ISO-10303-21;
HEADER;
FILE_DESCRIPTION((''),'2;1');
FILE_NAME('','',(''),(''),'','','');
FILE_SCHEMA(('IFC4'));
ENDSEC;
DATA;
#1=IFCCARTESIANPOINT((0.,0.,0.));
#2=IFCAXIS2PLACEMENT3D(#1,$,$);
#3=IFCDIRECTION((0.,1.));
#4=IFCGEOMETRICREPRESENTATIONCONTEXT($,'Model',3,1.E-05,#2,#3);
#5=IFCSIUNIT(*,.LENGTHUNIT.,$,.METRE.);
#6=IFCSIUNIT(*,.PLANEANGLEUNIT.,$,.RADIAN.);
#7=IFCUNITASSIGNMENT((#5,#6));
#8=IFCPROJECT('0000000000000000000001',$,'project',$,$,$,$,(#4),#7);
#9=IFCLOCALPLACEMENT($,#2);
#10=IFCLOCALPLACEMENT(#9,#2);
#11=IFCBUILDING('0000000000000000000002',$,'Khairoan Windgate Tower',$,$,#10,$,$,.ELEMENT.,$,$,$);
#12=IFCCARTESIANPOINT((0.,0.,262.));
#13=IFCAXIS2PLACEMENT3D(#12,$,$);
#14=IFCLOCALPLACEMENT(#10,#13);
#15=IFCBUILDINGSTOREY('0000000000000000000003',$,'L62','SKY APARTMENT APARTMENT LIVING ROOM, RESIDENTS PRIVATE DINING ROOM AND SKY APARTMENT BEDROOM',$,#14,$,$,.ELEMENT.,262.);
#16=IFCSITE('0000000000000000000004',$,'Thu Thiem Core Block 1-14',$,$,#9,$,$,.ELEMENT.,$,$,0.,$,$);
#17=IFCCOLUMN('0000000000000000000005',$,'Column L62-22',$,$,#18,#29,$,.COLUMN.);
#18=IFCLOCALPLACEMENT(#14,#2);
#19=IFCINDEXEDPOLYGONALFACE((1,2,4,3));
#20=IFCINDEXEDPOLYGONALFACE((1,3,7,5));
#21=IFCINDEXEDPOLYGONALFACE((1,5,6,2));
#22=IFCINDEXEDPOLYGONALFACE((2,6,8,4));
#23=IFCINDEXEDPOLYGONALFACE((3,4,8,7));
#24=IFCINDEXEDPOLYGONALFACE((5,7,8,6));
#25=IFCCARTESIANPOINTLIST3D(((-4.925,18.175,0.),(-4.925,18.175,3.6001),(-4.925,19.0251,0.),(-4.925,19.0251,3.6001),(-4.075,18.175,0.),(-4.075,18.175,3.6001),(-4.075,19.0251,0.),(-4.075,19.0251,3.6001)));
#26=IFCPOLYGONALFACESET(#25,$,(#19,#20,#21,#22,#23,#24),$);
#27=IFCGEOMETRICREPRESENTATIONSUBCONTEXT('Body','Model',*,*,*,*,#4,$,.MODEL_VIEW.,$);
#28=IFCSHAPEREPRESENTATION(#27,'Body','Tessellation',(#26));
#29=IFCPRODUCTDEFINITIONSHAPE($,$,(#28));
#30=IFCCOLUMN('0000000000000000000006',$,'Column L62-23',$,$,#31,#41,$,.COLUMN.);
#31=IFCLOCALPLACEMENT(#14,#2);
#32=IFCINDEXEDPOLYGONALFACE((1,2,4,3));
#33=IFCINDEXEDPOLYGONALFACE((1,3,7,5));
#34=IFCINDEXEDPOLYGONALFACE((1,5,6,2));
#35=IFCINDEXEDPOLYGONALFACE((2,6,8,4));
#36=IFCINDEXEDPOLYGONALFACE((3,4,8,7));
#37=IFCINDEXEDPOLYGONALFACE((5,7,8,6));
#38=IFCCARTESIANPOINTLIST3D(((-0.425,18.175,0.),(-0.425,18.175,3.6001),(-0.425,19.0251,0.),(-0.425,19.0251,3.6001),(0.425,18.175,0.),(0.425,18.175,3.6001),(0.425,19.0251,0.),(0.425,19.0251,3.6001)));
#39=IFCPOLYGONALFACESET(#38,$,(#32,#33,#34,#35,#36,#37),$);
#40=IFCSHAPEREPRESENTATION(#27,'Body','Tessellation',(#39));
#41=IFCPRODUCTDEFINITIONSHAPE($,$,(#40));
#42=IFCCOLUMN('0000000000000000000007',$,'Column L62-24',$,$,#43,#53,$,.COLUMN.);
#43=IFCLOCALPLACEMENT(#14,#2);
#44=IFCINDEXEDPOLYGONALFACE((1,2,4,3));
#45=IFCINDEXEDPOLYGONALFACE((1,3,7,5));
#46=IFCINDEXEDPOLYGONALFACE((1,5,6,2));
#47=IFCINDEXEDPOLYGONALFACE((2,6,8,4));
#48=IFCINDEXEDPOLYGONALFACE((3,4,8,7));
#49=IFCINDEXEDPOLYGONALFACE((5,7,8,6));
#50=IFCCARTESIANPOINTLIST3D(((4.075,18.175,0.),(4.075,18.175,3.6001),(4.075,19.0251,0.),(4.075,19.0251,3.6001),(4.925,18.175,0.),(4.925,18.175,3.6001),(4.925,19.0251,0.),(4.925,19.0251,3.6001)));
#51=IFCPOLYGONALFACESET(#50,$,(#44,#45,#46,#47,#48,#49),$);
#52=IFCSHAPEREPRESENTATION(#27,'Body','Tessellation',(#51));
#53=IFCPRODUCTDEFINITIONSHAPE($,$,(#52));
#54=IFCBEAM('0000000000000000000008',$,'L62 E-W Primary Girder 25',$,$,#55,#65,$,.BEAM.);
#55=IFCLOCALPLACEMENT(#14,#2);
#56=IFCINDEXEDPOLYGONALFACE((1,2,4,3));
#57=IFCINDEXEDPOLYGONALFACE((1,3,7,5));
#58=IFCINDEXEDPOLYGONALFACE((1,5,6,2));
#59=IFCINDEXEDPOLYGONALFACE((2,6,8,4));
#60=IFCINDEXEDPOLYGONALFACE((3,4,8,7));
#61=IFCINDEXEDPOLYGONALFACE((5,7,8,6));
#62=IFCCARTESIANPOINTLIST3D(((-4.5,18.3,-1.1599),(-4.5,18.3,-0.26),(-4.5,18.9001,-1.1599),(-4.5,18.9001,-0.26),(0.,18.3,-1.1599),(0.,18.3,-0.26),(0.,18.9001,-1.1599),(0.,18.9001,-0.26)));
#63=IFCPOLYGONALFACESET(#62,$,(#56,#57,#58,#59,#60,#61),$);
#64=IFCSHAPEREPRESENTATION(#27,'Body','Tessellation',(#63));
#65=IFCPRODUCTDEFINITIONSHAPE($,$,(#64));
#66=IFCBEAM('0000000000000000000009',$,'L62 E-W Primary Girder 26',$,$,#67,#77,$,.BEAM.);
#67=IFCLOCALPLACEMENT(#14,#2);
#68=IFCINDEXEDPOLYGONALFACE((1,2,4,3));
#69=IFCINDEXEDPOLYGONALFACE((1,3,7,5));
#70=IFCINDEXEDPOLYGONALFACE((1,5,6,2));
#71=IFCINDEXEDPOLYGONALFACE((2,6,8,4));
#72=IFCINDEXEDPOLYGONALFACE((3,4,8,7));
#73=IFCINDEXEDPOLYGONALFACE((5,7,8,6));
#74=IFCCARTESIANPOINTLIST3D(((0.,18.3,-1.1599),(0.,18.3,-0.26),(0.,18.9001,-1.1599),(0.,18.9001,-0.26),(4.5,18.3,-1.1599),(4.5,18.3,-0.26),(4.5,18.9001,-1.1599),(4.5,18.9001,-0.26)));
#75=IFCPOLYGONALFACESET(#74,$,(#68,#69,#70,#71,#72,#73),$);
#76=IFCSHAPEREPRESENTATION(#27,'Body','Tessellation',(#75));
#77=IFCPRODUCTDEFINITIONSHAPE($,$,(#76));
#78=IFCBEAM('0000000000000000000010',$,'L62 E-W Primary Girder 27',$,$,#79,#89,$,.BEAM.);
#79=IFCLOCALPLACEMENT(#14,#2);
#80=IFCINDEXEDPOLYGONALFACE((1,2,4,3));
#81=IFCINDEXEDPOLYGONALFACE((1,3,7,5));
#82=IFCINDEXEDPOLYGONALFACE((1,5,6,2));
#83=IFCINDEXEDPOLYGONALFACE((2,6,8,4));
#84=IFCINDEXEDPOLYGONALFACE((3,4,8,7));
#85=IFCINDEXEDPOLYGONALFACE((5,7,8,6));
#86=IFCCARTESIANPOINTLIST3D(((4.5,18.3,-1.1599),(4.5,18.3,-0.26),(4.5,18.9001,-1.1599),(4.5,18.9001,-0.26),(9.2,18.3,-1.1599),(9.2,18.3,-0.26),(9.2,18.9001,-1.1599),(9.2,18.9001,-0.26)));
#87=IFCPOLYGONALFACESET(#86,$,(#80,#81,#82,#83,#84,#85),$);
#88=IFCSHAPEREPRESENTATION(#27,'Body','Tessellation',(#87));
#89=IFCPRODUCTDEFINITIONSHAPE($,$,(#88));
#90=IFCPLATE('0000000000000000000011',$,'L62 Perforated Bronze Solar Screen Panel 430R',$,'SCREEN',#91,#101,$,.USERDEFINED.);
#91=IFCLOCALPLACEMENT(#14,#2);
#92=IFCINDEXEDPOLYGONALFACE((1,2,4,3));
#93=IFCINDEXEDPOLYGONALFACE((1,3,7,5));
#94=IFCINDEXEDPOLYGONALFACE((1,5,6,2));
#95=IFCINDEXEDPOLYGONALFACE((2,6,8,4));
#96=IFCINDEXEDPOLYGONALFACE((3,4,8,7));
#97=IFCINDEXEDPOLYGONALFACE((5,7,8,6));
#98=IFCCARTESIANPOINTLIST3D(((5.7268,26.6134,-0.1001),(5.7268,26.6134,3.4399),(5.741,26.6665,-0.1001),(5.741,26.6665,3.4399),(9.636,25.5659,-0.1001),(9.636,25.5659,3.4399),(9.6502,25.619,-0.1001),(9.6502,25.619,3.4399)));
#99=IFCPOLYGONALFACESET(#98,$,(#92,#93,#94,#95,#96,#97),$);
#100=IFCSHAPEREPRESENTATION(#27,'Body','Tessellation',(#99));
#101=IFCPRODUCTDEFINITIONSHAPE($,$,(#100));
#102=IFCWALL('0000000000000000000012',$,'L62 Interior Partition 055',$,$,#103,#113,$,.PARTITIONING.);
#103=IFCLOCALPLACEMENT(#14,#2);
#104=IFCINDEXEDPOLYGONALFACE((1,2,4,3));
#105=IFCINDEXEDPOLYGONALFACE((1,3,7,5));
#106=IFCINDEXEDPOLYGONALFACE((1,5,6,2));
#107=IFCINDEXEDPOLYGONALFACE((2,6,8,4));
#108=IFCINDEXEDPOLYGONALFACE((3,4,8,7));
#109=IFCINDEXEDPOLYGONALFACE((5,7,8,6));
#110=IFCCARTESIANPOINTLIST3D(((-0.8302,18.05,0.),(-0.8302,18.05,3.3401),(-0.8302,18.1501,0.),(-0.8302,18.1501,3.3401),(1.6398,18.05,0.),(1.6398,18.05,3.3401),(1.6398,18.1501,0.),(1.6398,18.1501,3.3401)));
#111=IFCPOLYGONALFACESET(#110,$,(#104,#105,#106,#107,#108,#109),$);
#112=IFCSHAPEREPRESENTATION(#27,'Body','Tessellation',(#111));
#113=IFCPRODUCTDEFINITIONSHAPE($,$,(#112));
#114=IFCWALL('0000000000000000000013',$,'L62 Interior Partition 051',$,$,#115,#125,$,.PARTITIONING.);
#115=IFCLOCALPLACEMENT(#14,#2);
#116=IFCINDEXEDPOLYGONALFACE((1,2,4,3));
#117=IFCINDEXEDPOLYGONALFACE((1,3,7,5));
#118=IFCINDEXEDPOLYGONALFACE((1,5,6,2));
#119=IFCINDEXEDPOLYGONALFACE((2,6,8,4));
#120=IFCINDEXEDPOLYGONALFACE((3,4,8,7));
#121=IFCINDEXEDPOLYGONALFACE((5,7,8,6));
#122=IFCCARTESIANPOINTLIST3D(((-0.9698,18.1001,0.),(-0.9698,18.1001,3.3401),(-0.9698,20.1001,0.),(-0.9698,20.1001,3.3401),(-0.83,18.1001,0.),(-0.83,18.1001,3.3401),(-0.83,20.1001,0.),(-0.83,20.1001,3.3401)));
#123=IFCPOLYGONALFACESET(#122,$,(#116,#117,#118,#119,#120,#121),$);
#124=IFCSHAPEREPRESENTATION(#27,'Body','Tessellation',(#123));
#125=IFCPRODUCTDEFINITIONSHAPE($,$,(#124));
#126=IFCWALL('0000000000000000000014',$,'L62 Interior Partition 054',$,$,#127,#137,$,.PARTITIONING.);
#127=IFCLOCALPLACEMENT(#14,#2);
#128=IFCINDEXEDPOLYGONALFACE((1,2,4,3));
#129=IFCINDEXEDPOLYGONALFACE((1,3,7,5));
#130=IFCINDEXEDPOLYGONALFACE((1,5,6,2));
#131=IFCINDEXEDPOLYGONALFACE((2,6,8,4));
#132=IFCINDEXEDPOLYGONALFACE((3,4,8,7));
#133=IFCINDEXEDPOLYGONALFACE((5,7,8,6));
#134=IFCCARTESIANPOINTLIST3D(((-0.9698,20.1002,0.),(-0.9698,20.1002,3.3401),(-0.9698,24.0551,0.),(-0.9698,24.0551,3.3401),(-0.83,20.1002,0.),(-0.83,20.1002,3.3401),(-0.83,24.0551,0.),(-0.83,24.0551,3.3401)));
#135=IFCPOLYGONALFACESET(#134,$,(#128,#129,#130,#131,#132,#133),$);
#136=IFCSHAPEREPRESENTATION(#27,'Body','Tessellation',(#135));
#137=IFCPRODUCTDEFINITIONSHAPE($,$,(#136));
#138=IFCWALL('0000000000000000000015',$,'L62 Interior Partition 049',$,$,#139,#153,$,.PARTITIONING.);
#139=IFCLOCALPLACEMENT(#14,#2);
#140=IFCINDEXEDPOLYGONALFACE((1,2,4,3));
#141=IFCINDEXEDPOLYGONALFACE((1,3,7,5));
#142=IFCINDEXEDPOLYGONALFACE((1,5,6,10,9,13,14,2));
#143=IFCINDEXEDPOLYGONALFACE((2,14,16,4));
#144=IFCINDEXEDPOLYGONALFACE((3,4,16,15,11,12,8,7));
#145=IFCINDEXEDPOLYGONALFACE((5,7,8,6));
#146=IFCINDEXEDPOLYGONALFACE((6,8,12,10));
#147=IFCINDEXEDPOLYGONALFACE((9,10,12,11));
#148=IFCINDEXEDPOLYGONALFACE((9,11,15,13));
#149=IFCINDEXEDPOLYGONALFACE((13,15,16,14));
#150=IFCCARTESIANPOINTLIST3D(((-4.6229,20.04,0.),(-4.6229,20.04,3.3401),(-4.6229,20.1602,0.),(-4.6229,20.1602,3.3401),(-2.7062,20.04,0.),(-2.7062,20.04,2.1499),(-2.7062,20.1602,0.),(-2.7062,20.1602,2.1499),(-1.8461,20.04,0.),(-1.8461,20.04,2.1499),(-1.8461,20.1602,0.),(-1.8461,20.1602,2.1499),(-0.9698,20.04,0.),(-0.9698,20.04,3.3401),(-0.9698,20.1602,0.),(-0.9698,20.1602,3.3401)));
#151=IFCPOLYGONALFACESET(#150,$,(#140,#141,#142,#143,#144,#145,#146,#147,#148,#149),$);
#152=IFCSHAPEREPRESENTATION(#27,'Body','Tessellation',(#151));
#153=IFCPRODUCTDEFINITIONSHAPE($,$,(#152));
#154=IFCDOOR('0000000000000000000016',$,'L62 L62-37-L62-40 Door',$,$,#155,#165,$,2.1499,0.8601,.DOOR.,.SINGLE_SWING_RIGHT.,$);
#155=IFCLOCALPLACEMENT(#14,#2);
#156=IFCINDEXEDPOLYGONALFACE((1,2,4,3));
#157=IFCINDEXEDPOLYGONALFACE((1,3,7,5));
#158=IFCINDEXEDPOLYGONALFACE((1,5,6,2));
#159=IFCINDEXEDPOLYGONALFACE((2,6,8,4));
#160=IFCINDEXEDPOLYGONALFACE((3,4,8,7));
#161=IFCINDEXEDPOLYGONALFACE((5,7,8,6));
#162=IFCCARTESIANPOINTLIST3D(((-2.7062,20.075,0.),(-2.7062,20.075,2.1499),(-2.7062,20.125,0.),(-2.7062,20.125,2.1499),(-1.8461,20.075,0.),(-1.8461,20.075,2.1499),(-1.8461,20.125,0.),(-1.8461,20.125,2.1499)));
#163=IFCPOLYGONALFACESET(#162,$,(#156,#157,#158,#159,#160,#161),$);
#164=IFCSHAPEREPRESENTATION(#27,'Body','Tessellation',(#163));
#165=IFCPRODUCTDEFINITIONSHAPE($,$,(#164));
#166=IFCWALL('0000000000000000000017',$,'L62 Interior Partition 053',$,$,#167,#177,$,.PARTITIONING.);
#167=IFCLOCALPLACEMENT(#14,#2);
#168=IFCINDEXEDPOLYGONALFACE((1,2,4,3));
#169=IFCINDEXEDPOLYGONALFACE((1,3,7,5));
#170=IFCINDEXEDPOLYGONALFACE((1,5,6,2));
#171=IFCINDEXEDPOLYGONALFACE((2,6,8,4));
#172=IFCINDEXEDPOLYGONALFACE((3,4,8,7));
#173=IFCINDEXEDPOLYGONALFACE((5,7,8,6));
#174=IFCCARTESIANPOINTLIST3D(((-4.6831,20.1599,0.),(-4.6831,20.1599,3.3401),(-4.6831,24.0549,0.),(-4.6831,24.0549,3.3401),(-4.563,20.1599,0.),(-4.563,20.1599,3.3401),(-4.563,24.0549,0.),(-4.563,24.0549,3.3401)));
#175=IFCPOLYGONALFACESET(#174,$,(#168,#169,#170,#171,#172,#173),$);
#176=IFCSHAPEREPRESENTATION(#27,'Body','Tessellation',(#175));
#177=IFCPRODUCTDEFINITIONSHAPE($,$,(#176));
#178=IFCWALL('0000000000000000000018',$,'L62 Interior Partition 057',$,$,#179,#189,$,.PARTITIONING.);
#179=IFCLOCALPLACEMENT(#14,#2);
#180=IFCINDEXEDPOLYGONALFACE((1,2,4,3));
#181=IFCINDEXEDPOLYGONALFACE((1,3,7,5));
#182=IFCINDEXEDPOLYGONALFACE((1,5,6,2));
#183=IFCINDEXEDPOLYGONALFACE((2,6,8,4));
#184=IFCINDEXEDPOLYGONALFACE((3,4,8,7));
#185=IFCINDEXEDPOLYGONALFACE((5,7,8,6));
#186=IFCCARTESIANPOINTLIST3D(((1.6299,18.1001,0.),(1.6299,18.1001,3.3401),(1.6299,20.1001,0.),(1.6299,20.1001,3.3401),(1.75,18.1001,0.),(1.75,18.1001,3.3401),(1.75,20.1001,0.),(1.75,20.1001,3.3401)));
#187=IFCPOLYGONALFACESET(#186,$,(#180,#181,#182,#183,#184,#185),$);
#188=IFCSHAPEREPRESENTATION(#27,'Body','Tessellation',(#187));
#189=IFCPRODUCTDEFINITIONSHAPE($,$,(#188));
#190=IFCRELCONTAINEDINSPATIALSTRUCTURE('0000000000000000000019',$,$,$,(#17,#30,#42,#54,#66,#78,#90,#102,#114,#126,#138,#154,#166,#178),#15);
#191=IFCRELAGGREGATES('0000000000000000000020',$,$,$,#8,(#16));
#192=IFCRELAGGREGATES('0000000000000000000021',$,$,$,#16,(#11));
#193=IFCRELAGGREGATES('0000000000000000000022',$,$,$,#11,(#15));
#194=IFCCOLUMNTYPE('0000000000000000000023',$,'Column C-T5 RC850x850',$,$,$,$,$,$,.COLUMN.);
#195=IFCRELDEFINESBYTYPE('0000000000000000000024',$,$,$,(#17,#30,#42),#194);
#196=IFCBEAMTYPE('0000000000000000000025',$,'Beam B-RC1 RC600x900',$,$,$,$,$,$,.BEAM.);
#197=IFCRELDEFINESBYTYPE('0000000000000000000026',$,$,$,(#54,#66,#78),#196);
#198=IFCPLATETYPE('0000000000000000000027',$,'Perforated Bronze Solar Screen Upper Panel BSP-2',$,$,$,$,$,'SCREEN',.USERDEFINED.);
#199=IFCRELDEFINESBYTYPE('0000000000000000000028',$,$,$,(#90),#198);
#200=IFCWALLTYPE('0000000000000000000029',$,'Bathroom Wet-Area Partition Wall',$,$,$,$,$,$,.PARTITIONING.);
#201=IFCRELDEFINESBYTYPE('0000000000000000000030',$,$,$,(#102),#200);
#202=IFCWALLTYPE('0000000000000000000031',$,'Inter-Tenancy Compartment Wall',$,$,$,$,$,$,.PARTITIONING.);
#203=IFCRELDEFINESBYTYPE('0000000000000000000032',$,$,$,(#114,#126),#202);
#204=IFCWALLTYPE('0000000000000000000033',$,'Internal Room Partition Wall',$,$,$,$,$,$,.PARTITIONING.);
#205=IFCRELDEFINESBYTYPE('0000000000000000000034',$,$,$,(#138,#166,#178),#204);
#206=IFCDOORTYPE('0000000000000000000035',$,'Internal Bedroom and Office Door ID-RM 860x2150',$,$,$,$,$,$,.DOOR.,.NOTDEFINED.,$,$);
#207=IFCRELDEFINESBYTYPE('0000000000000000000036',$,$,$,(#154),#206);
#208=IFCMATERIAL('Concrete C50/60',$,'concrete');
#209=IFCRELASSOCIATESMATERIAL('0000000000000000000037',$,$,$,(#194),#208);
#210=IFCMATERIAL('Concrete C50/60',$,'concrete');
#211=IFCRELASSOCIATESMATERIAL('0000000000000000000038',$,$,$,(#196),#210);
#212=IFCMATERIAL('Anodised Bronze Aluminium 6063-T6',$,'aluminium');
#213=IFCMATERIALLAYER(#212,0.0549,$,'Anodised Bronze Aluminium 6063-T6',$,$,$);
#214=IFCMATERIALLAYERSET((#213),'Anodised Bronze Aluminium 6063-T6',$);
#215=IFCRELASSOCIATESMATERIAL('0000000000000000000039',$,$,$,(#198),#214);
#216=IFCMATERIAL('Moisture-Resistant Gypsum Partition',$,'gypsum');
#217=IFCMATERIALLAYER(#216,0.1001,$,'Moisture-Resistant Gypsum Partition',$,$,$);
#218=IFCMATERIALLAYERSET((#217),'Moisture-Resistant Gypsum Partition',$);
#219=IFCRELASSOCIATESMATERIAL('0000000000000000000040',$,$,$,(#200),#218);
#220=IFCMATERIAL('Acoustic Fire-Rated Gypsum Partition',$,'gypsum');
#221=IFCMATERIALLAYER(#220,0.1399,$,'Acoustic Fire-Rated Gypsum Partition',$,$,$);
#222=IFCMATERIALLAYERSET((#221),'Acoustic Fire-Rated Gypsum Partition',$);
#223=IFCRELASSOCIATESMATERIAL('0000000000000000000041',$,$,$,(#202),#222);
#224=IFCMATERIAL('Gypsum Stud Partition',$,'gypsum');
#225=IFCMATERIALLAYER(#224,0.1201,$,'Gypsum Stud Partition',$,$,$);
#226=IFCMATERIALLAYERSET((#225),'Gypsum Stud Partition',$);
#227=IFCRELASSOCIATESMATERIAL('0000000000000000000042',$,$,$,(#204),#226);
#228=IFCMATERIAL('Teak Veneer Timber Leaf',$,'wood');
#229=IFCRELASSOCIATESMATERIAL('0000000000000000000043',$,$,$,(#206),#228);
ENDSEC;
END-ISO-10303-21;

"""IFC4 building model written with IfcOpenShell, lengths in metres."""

from ifc_helpers import new_model, si_unit, direction, frame, frame_2d, origin, origin_2d, place, context, subcontext, project, spatial, rectangle, extrude, material, layer, layer_set, material_profile, profile_set, type_object, element, fill, save


model = new_model("IFC4")

# Units and contexts
model_context = context("Model", 3, precision=1e-05, world=origin(), true_north=direction((0.0, 1.0)))
body_context = subcontext(model_context, "Body", "Model", "MODEL_VIEW")
ifc_project = project(units=[si_unit("LENGTHUNIT", "METRE"), si_unit("PLANEANGLEUNIT", "RADIAN")], contexts=[model_context])

# Site, building, storey
site_placement = place(None, origin())
site = spatial("IfcSite", under=ifc_project, at=site_placement, Name="Thu Thiem Core Block 1-14", CompositionType="ELEMENT", RefElevation=0.0)
building_placement = place(site_placement, origin())
building = spatial("IfcBuilding", under=site, at=building_placement, Name="Khairoan Windgate Tower", CompositionType="ELEMENT")
storey_placement = place(building_placement, frame((0.0, 0.0, 262.0)))
storey = spatial("IfcBuildingStorey", under=building, at=storey_placement, Name="L62", Description="SKY APARTMENT APARTMENT LIVING ROOM, RESIDENTS PRIVATE DINING ROOM AND SKY APARTMENT BEDROOM", CompositionType="ELEMENT", Elevation=262.0)

# Columns
ifc_material_1 = material(Name="Concrete C50/60", Category="concrete")
ifc_material_profile_1 = material_profile(ifc_material_1, rectangle(XDim=0.8501, YDim=0.8501, at=origin_2d()))
ifc_profile_set_1 = profile_set([ifc_material_profile_1], Name="Concrete C50/60")
column_type = type_object("IfcColumnType", Name="Column C-T5 RC850x850", PredefinedType="COLUMN", material=ifc_profile_set_1)
for number, where, z_axis, x_axis, name in (
    (1, (-4.5, 18.6001, 0.0), (0.0, 0.0, 1.0), (1.0, 0.0, 0.0), "Column L62-22"),
    (2, (0.0, 18.6001, 0.0), (0.0, 0.0, 1.0), (1.0, 0.0, 0.0), "Column L62-23"),
    (3, (4.5, 18.6001, 0.0), (0.0, 0.0, 1.0), (1.0, 0.0, 0.0), "Column L62-24"),
):
    element("IfcColumn", number, at=place(storey_placement, frame(where, z_axis=z_axis, x_axis=x_axis)), inside=storey, type_object=column_type, Name=name, PredefinedType="COLUMN", context=body_context, shape_type="SweptSolid", body=[
        extrude(rectangle(XDim=0.8501, YDim=0.8501, at=origin_2d()), origin(), (0.0, 0.0, 1.0), 3.6001),
    ])

# Beams
ifc_material_2 = material(Name="Concrete C50/60", Category="concrete")
ifc_material_profile_2 = material_profile(ifc_material_2, rectangle(XDim=0.6001, YDim=0.8999, at=origin_2d()))
ifc_profile_set_2 = profile_set([ifc_material_profile_2], Name="Concrete C50/60")
beam_type = type_object("IfcBeamType", Name="Beam B-RC1 RC600x900", PredefinedType="BEAM", material=ifc_profile_set_2)
for number, where, z_axis, x_axis, name in (
    (4, (-4.5, 18.6001, -0.71), (1.0, 0.0, 0.0), (0.0, 1.0, 0.0), "L62 E-W Primary Girder 25"),
    (5, (0.0, 18.6001, -0.71), (1.0, 0.0, 0.0), (0.0, 1.0, 0.0), "L62 E-W Primary Girder 26"),
):
    element("IfcBeam", number, at=place(storey_placement, frame(where, z_axis=z_axis, x_axis=x_axis)), inside=storey, type_object=beam_type, Name=name, PredefinedType="BEAM", context=body_context, shape_type="SweptSolid", body=[
        extrude(rectangle(XDim=0.6001, YDim=0.8999, at=origin_2d()), origin(), (0.0, 0.0, 1.0), 4.5),
    ])
beam_placement = place(storey_placement, frame((4.5, 18.6001, -0.71), z_axis=(1.0, 0.0, 0.0), x_axis=(0.0, 1.0, 0.0)))
element("IfcBeam", 6, at=beam_placement, inside=storey, type_object=beam_type, Name="L62 E-W Primary Girder 27", PredefinedType="BEAM", context=body_context, shape_type="SweptSolid", body=[
    extrude(rectangle(XDim=0.6001, YDim=0.8999, at=origin_2d()), origin(), (0.0, 0.0, 1.0), 4.7),
])

# Plate
ifc_material_3 = material(Name="Anodised Bronze Aluminium 6063-T6", Category="aluminium")
ifc_layer_1 = layer(ifc_material_3, 0.0549, Name="Anodised Bronze Aluminium 6063-T6")
ifc_layer_set_1 = layer_set([ifc_layer_1], Name="Anodised Bronze Aluminium 6063-T6")
plate_type = type_object("IfcPlateType", Name="Perforated Bronze Solar Screen Upper Panel BSP-2", ElementType="SCREEN", PredefinedType="USERDEFINED", material=ifc_layer_set_1)
plate_placement = place(storey_placement, frame((7.6885, 26.1162, -0.1001), z_axis=(0.0, 0.0, 1.0), x_axis=(0.965926, -0.258819, 0.0)))
element("IfcPlate", 7, at=plate_placement, inside=storey, type_object=plate_type, Name="L62 Perforated Bronze Solar Screen Panel 430R", ObjectType="SCREEN", PredefinedType="USERDEFINED", context=body_context, shape_type="SweptSolid", body=[
    extrude(rectangle(XDim=4.0471, YDim=0.0549, at=origin_2d()), origin(), (0.0, 0.0, 1.0), 3.54),
])

# Walls
ifc_material_4 = material(Name="Moisture-Resistant Gypsum Partition", Category="gypsum")
ifc_layer_2 = layer(ifc_material_4, 0.1001, Name="Moisture-Resistant Gypsum Partition")
ifc_layer_set_2 = layer_set([ifc_layer_2], Name="Moisture-Resistant Gypsum Partition")
wall_type_1 = type_object("IfcWallType", Name="Bathroom Wet-Area Partition Wall", PredefinedType="PARTITIONING", material=ifc_layer_set_2)
wall_1_placement = place(storey_placement, frame((-0.8301, 18.1001, 0.0), z_axis=(0.0, 0.0, 1.0), x_axis=(1.0, 0.0, 0.0)))
element("IfcWall", 8, at=wall_1_placement, inside=storey, type_object=wall_type_1, Name="L62 Interior Partition 055", PredefinedType="PARTITIONING", context=body_context, shape_type="SweptSolid", body=[
    extrude(rectangle(XDim=2.47, YDim=0.1001, at=frame_2d((1.2349, 0.0))), origin(), (0.0, 0.0, 1.0), 3.3401),
])
ifc_material_5 = material(Name="Acoustic Fire-Rated Gypsum Partition", Category="gypsum")
ifc_layer_3 = layer(ifc_material_5, 0.1399, Name="Acoustic Fire-Rated Gypsum Partition")
ifc_layer_set_3 = layer_set([ifc_layer_3], Name="Acoustic Fire-Rated Gypsum Partition")
wall_type_2 = type_object("IfcWallType", Name="Inter-Tenancy Compartment Wall", PredefinedType="PARTITIONING", material=ifc_layer_set_3)
wall_2_placement = place(storey_placement, frame((-0.8999, 18.1001, 0.0), z_axis=(0.0, 0.0, 1.0), x_axis=(0.0, 1.0, 0.0)))
element("IfcWall", 9, at=wall_2_placement, inside=storey, type_object=wall_type_2, Name="L62 Interior Partition 051", PredefinedType="PARTITIONING", context=body_context, shape_type="SweptSolid", body=[
    extrude(rectangle(XDim=2.0, YDim=0.1399, at=frame_2d((1.0, 0.0))), origin(), (0.0, 0.0, 1.0), 3.3401),
])
wall_3_placement = place(storey_placement, frame((-0.8999, 20.1001, 0.0), z_axis=(0.0, 0.0, 1.0), x_axis=(0.0, 1.0, 0.0)))
element("IfcWall", 10, at=wall_3_placement, inside=storey, type_object=wall_type_2, Name="L62 Interior Partition 054", PredefinedType="PARTITIONING", context=body_context, shape_type="SweptSolid", body=[
    extrude(rectangle(XDim=3.9548, YDim=0.1399, at=frame_2d((1.9775, 0.0))), origin(), (0.0, 0.0, 1.0), 3.3401),
])

# Wall, opening, door
ifc_material_6 = material(Name="Gypsum Stud Partition", Category="gypsum")
ifc_layer_4 = layer(ifc_material_6, 0.1201, Name="Gypsum Stud Partition")
ifc_layer_set_4 = layer_set([ifc_layer_4], Name="Gypsum Stud Partition")
wall_type_3 = type_object("IfcWallType", Name="Internal Room Partition Wall", PredefinedType="PARTITIONING", material=ifc_layer_set_4)
wall_4_placement = place(storey_placement, frame((-4.623, 20.1001, 0.0), z_axis=(0.0, 0.0, 1.0), x_axis=(1.0, 0.0, 0.0)))
wall_4 = element("IfcWall", 11, at=wall_4_placement, inside=storey, type_object=wall_type_3, Name="L62 Interior Partition 049", PredefinedType="PARTITIONING", context=body_context, shape_type="SweptSolid", body=[
    extrude(rectangle(XDim=3.6531, YDim=0.1201, at=frame_2d((1.8267, 0.0))), origin(), (0.0, 0.0, 1.0), 3.3401),
])
opening_1_placement = place(wall_4_placement, frame((1.9167, 0.0, 0.0)))
opening_1 = element("IfcOpeningElement", 12, at=opening_1_placement, cuts=wall_4, PredefinedType="OPENING", context=body_context, shape_type="SweptSolid", body=[
    extrude(rectangle(XDim=0.8601, YDim=2.1499, at=frame_2d((0.4302, 1.075))), frame((0.0, 0.0701, 0.0), z_axis=(0.0, -1.0, 0.0), x_axis=(1.0, 0.0, 0.0)), (0.0, 0.0, 1.0), 0.1401),
])
ifc_material_7 = material(Name="Teak Veneer Timber Leaf", Category="wood")
door_type_1 = type_object("IfcDoorType", Name="Internal Bedroom and Office Door ID-RM 860x2150", OperationType="NOTDEFINED", PredefinedType="DOOR", material=ifc_material_7)
door_1_placement = place(opening_1_placement, origin())
door_1 = element("IfcDoor", 13, at=door_1_placement, inside=storey, type_object=door_type_1, Name="L62 L62-37-L62-40 Door", OperationType="SINGLE_SWING_RIGHT", OverallHeight=2.1499, OverallWidth=0.8601, PredefinedType="DOOR", context=body_context, shape_type="SweptSolid", body=[
    extrude(rectangle(XDim=0.8601, YDim=2.1499, at=frame_2d((0.4302, 1.075))), frame((0.0, 0.0249, 0.0), z_axis=(0.0, -1.0, 0.0), x_axis=(1.0, 0.0, 0.0)), (0.0, 0.0, 1.0), 0.05),
])
fill(opening_1, door_1)

# Walls
wall_5_placement = place(storey_placement, frame((-4.623, 20.1599, 0.0), z_axis=(0.0, 0.0, 1.0), x_axis=(0.0, 1.0, 0.0)))
element("IfcWall", 14, at=wall_5_placement, inside=storey, type_object=wall_type_3, Name="L62 Interior Partition 053", PredefinedType="PARTITIONING", context=body_context, shape_type="SweptSolid", body=[
    extrude(rectangle(XDim=3.895, YDim=0.1201, at=frame_2d((1.9475, 0.0))), origin(), (0.0, 0.0, 1.0), 3.3401),
])
wall_6_placement = place(storey_placement, frame((1.6899, 18.1001, 0.0), z_axis=(0.0, 0.0, 1.0), x_axis=(0.0, 1.0, 0.0)))
element("IfcWall", 15, at=wall_6_placement, inside=storey, type_object=wall_type_3, Name="L62 Interior Partition 057", PredefinedType="PARTITIONING", context=body_context, shape_type="SweptSolid", body=[
    extrude(rectangle(XDim=2.0, YDim=0.1201, at=frame_2d((1.0, 0.0))), origin(), (0.0, 0.0, 1.0), 3.3401),
])

save(model, "model.ifc")
